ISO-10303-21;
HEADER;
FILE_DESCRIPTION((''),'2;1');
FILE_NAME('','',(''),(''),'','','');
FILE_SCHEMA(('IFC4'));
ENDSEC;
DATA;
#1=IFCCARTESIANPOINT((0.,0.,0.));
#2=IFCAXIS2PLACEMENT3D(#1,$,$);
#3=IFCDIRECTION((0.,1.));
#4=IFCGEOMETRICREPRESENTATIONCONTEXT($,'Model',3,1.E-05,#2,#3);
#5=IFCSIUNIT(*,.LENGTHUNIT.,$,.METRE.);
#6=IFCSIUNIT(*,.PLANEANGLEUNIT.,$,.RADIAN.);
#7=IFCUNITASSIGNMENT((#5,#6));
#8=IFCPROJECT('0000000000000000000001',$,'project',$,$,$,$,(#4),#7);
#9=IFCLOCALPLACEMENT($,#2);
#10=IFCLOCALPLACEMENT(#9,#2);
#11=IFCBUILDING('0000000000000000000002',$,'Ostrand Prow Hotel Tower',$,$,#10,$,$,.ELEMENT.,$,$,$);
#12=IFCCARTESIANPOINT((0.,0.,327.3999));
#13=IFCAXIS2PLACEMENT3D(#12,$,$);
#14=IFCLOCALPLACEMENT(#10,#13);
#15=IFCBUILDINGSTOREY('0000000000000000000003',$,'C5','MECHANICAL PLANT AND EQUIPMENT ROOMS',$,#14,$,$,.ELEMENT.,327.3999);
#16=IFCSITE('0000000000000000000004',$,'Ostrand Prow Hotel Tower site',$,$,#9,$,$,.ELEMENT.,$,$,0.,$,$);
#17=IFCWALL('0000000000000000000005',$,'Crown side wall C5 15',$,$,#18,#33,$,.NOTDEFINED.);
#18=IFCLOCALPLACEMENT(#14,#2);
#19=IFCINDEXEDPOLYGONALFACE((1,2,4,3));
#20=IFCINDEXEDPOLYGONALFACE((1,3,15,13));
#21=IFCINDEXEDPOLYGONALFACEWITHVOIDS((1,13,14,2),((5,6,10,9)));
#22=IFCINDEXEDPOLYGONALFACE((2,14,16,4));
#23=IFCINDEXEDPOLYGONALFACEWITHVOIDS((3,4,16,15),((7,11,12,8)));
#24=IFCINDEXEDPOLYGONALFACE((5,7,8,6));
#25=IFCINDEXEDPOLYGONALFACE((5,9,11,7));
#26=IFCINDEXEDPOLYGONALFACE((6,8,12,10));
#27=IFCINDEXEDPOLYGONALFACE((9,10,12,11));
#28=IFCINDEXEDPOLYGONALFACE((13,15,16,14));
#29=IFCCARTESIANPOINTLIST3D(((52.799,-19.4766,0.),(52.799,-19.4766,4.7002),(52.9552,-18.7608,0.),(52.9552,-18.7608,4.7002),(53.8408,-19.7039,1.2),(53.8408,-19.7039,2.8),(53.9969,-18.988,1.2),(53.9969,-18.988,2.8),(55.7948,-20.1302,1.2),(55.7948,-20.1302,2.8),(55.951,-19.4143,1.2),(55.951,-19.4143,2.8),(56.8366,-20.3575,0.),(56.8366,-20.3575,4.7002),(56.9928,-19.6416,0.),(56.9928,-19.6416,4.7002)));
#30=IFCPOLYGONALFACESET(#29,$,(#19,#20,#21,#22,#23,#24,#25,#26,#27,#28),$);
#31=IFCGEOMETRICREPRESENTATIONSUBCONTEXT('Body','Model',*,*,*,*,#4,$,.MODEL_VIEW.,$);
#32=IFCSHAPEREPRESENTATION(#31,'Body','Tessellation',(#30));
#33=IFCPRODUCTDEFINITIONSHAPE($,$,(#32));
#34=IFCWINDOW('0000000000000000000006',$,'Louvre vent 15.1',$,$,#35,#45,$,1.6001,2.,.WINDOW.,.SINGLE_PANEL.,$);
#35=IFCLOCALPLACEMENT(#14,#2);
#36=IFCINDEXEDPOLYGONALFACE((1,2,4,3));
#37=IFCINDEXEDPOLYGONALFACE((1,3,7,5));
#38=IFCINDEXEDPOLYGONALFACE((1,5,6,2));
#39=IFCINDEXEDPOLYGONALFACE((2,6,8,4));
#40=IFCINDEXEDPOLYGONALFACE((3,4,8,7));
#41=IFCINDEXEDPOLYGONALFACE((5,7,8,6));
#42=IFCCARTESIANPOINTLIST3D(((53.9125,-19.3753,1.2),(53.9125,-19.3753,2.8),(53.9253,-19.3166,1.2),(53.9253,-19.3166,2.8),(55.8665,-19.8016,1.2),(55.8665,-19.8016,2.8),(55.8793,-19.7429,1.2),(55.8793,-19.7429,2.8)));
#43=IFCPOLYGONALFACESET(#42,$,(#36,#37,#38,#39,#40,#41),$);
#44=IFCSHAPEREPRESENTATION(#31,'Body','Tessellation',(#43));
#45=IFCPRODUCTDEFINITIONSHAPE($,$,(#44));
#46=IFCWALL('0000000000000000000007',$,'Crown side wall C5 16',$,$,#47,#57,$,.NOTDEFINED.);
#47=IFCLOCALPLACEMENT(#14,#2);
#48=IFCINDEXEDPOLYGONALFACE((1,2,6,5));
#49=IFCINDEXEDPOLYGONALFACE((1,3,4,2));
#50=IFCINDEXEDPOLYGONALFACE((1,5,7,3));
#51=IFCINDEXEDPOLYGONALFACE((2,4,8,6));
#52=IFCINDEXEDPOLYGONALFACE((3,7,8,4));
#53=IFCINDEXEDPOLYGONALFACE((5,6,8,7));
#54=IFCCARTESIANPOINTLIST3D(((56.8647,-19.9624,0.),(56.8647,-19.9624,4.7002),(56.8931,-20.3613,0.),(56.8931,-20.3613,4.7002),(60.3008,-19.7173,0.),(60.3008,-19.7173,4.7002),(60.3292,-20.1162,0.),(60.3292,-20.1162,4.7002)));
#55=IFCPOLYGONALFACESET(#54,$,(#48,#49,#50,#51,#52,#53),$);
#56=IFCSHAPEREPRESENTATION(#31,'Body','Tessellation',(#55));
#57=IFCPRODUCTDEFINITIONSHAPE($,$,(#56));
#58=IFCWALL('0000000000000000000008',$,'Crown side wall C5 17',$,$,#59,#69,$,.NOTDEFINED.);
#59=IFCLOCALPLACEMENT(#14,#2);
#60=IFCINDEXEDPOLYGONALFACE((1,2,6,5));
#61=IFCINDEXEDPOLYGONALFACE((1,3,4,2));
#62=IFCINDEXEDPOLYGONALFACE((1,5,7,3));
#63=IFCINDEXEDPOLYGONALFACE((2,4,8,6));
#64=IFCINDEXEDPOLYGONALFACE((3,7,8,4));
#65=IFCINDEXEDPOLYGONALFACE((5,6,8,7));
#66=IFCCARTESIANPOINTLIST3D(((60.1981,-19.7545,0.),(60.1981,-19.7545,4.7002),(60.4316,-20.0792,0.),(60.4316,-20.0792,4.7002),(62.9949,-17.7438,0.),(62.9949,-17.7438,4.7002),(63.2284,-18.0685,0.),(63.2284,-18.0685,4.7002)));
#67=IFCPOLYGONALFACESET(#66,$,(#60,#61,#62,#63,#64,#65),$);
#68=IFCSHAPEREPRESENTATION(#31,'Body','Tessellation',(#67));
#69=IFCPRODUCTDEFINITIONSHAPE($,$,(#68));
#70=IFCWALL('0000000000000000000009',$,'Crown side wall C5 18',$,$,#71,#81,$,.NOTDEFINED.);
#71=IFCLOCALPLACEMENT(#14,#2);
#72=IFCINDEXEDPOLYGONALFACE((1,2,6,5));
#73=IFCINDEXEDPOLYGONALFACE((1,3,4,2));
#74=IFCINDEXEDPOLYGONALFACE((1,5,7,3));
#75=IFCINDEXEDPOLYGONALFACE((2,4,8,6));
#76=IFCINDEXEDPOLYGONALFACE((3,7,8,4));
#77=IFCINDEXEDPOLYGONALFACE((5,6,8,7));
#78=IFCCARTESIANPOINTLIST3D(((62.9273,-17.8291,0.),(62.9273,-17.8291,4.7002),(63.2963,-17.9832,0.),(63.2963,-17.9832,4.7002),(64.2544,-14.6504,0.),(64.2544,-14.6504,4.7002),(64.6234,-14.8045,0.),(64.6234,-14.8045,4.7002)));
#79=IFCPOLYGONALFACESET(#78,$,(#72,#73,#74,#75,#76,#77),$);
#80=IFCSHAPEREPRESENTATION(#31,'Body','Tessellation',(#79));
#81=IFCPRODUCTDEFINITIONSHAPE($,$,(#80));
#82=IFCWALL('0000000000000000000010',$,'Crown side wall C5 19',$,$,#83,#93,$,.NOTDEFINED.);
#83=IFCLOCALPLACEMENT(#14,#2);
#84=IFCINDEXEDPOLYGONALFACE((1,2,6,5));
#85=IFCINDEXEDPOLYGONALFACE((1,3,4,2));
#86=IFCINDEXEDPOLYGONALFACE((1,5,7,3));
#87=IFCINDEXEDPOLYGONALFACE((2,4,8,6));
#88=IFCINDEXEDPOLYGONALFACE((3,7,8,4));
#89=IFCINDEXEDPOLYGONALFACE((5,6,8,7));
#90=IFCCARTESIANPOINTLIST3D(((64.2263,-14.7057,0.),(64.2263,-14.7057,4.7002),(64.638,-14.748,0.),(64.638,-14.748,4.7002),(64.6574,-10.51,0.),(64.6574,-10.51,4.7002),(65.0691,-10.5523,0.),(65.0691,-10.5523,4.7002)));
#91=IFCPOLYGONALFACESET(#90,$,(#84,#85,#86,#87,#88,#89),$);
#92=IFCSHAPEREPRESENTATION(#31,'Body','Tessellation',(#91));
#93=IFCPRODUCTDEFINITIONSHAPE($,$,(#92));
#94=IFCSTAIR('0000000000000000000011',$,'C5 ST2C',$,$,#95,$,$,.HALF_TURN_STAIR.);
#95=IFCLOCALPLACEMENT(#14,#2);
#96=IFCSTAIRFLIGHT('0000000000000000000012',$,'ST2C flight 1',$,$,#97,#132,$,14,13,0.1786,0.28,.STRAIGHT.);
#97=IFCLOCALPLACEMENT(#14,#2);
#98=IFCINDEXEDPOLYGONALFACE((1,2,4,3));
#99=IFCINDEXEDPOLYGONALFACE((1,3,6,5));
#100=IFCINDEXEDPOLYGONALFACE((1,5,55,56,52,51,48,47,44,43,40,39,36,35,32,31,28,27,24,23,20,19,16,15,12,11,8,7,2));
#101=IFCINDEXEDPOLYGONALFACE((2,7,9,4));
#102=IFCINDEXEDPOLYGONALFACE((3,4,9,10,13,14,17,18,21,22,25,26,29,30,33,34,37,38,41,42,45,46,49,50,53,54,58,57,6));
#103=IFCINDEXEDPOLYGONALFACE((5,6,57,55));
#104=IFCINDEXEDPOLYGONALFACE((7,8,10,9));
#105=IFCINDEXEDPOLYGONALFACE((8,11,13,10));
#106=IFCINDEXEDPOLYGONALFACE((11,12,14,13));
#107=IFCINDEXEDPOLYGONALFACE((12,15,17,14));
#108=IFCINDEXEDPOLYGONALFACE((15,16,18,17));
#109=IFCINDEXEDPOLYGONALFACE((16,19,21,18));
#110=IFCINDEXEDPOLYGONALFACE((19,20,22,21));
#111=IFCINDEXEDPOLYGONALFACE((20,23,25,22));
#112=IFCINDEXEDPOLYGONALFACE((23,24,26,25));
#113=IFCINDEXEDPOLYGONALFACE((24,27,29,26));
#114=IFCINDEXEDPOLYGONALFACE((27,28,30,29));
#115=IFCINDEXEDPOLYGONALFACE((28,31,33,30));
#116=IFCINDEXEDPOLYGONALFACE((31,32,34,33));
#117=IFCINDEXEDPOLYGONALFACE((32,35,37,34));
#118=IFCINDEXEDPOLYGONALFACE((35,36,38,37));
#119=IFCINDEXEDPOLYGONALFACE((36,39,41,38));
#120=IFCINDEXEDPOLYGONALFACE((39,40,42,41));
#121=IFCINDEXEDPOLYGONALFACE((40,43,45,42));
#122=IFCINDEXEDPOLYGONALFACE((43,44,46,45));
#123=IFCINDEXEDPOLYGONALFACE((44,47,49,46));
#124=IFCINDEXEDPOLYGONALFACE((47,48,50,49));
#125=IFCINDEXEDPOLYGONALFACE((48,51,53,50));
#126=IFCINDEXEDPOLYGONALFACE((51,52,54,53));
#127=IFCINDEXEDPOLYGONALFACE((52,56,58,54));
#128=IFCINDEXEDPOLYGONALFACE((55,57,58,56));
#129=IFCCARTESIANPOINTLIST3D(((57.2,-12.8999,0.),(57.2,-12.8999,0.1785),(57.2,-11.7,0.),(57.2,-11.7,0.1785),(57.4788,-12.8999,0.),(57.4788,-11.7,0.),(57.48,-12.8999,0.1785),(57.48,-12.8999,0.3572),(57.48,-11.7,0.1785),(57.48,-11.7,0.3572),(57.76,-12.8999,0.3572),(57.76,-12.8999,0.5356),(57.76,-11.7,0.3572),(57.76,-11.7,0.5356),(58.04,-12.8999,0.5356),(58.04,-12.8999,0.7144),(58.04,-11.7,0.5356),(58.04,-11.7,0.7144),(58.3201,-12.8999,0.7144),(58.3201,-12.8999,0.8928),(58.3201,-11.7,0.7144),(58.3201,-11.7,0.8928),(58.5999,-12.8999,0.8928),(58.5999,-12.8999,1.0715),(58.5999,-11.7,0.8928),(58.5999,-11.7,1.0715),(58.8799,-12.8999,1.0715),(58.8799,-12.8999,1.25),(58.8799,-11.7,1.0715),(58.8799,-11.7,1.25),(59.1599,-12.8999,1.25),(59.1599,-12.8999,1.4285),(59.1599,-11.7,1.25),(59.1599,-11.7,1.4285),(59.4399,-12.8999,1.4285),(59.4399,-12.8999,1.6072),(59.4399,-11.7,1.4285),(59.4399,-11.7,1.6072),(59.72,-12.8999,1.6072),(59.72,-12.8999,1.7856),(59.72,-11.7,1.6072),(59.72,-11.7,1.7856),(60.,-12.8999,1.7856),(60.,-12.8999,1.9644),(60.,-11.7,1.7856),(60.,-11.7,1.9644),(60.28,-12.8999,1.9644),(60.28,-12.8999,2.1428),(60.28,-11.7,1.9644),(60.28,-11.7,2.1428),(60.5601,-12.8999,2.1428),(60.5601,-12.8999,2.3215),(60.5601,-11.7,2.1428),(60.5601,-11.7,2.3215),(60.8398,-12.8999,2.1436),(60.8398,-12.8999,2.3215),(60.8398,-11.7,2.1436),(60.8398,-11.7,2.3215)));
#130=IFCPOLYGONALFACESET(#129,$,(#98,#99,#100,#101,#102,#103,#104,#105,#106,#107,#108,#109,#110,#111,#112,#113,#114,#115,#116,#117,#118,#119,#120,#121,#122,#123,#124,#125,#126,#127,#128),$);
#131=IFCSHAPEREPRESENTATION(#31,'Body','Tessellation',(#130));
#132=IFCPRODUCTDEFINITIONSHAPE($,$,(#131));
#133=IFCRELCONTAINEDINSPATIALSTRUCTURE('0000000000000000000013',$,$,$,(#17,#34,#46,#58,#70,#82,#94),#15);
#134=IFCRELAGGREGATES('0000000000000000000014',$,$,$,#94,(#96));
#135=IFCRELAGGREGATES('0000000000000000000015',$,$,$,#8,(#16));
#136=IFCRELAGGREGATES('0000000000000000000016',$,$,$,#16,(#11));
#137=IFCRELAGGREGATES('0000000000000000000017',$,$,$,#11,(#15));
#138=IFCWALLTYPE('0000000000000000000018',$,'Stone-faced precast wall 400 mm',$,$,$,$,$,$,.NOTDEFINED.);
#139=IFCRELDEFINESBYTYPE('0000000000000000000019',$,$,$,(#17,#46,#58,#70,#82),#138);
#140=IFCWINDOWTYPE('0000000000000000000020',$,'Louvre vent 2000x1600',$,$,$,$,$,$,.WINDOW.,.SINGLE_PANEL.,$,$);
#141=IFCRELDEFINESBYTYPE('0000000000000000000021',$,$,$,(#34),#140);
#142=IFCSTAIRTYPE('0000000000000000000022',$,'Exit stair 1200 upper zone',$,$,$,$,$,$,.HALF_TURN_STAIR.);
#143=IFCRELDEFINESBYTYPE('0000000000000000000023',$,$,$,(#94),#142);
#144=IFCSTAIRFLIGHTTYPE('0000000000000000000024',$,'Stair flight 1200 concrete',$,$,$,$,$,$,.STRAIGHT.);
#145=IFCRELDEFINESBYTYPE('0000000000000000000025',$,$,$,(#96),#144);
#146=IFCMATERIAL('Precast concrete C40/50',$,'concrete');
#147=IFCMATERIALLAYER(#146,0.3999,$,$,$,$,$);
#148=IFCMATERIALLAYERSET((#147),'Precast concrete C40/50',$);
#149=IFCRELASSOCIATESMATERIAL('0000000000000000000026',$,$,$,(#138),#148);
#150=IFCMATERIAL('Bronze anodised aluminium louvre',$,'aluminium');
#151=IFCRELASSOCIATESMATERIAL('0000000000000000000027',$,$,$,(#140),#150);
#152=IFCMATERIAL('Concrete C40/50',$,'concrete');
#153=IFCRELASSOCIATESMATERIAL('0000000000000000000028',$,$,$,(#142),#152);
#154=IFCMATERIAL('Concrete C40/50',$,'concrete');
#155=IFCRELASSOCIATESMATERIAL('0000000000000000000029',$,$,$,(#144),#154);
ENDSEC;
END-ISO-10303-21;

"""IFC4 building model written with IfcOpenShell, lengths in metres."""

from ifc_helpers import new_model, si_unit, direction, frame, frame_2d, origin, place, context, subcontext, project, spatial, polyline, rectangle, outline, extrude, material, layer, layer_set, type_object, element, fill, aggregate, save


model = new_model("IFC4")

# Units and contexts
model_context = context("Model", 3, precision=1e-05, world=origin(), true_north=direction((0.0, 1.0)))
body_context = subcontext(model_context, "Body", "Model", "MODEL_VIEW")
ifc_project = project(units=[si_unit("LENGTHUNIT", "METRE"), si_unit("PLANEANGLEUNIT", "RADIAN")], contexts=[model_context])

# Site, building, storey
site_placement = place(None, origin())
site = spatial("IfcSite", under=ifc_project, at=site_placement, Name="Ostrand Prow Hotel Tower site", CompositionType="ELEMENT", RefElevation=0.0)
building_placement = place(site_placement, origin())
building = spatial("IfcBuilding", under=site, at=building_placement, Name="Ostrand Prow Hotel Tower", CompositionType="ELEMENT")
storey_placement = place(building_placement, frame((0.0, 0.0, 327.3999)))
storey = spatial("IfcBuildingStorey", under=building, at=storey_placement, Name="C5", Description="MECHANICAL PLANT AND EQUIPMENT ROOMS", CompositionType="ELEMENT", Elevation=327.3999)

# Wall, opening, window
ifc_material_1 = material(Name="Precast concrete C40/50", Category="concrete")
ifc_layer_1 = layer(ifc_material_1, 0.3999)
ifc_layer_set_1 = layer_set([ifc_layer_1], Name="Precast concrete C40/50")
wall_type_1 = type_object("IfcWallType", Name="Stone-faced precast wall 400 mm", PredefinedType="NOTDEFINED", material=ifc_layer_set_1)
wall_1_placement = place(storey_placement, frame((52.877, -19.1187, 0.0), z_axis=(0.0, 0.0, 1.0), x_axis=(0.977019, -0.213151, 0.0)))
wall_1 = element("IfcWall", 1, at=wall_1_placement, inside=storey, type_object=wall_type_1, Name="Crown side wall C5 15", PredefinedType="NOTDEFINED", context=body_context, shape_type="SweptSolid", body=[
    extrude(rectangle(XDim=4.1326, YDim=0.7327, at=frame_2d((2.0664, 0.0))), origin(), (0.0, 0.0, 1.0), 4.7002),
])
opening_1_placement = place(wall_1_placement, frame((1.0664, 0.0, 1.2)))
opening_1 = element("IfcOpeningElement", 2, at=opening_1_placement, cuts=wall_1, PredefinedType="OPENING", context=body_context, shape_type="SweptSolid", body=[
    extrude(rectangle(XDim=2.0, YDim=1.6001, at=frame_2d((1.0, 0.8))), frame((0.0, 0.3762, 0.0), z_axis=(0.0, -1.0, 0.0), x_axis=(1.0, 0.0, 0.0)), (0.0, 0.0, 1.0), 0.7527),
])
ifc_material_2 = material(Name="Bronze anodised aluminium louvre", Category="aluminium")
window_type = type_object("IfcWindowType", Name="Louvre vent 2000x1600", PartitioningType="SINGLE_PANEL", PredefinedType="WINDOW", material=ifc_material_2)
window_placement = place(opening_1_placement, origin())
window = element("IfcWindow", 3, at=window_placement, inside=storey, type_object=window_type, Name="Louvre vent 15.1", OverallHeight=1.6001, OverallWidth=2.0, PartitioningType="SINGLE_PANEL", PredefinedType="WINDOW", context=body_context, shape_type="SweptSolid", body=[
    extrude(rectangle(XDim=2.0, YDim=1.6001, at=frame_2d((1.0, 0.8))), frame((0.0, 0.03, 0.0), z_axis=(0.0, -1.0, 0.0), x_axis=(1.0, 0.0, 0.0)), (0.0, 0.0, 1.0), 0.0601),
])
fill(opening_1, window)

# Walls
wall_2_placement = place(storey_placement, frame((56.8789, -20.1619, 0.0), z_axis=(0.0, 0.0, 1.0), x_axis=(0.997465, 0.071156, 0.0)))
element("IfcWall", 4, at=wall_2_placement, inside=storey, type_object=wall_type_1, Name="Crown side wall C5 16", PredefinedType="NOTDEFINED", context=body_context, shape_type="SweptSolid", body=[
    extrude(rectangle(XDim=3.4448, YDim=0.3999, at=frame_2d((1.7224, 0.0))), origin(), (0.0, 0.0, 1.0), 4.7002),
])
for number, where, z_axis, x_axis, name in (
    (5, (60.3149, -19.9167, 0.0), (0.0, 0.0, 1.0), (0.811948, 0.58373, 0.0), "Crown side wall C5 17"),
    (6, (63.1118, -17.906, 0.0), (0.0, 0.0, 1.0), (0.38528, 0.9228, 0.0), "Crown side wall C5 18"),
):
    element("IfcWall", number, at=place(storey_placement, frame(where, z_axis=z_axis, x_axis=x_axis)), inside=storey, type_object=wall_type_1, Name=name, PredefinedType="NOTDEFINED", context=body_context, shape_type="SweptSolid", body=[
        extrude(rectangle(XDim=3.4446, YDim=0.3999, at=frame_2d((1.7222, 0.0))), origin(), (0.0, 0.0, 1.0), 4.7002),
    ])
wall_3_placement = place(storey_placement, frame((64.4321, -14.7268, 0.0), z_axis=(0.0, 0.0, 1.0), x_axis=(0.10222, 0.994762, 0.0)))
element("IfcWall", 7, at=wall_3_placement, inside=storey, type_object=wall_type_1, Name="Crown side wall C5 19", PredefinedType="NOTDEFINED", context=body_context, shape_type="SweptSolid", body=[
    extrude(rectangle(XDim=4.2178, YDim=0.4138, at=frame_2d((2.1089, 0.0))), origin(), (0.0, 0.0, 1.0), 4.7002),
])

# Stair, stair flight
ifc_material_3 = material(Name="Concrete C40/50", Category="concrete")
stair_type = type_object("IfcStairType", Name="Exit stair 1200 upper zone", PredefinedType="HALF_TURN_STAIR", material=ifc_material_3)
stair_placement = place(storey_placement, origin())
stair = element("IfcStair", 8, at=stair_placement, inside=storey, type_object=stair_type, Name="C5 ST2C", PredefinedType="HALF_TURN_STAIR")
ifc_material_4 = material(Name="Concrete C40/50", Category="concrete")
stair_flight_type = type_object("IfcStairFlightType", Name="Stair flight 1200 concrete", PredefinedType="STRAIGHT", material=ifc_material_4)
stair_flight_placement = place(storey_placement, frame((57.2, -12.3, 0.0), z_axis=(0.0, 0.0, 1.0), x_axis=(1.0, 0.0, 0.0)))
stair_flight = element("IfcStairFlight", 9, at=stair_flight_placement, type_object=stair_flight_type, Name="ST2C flight 1", NumberOfRisers=14, NumberOfTreads=13, PredefinedType="STRAIGHT", RiserHeight=0.1786, TreadLength=0.28, context=body_context, shape_type="SweptSolid", body=[
    extrude(outline(polyline([(0.0, 0.0), (0.0, 0.1785), (0.28, 0.1785), (0.28, 0.3572), (0.5601, 0.3572), (0.5601, 0.5356), (0.8401, 0.5356), (0.8401, 0.7144), (1.1201, 0.7144), (1.1201, 0.8928), (1.3999, 0.8928), (1.3999, 1.0715), (1.6799, 1.0715), (1.6799, 1.25), (1.96, 1.25), (1.96, 1.4285), (2.24, 1.4285), (2.24, 1.6072), (2.52, 1.6072), (2.52, 1.7856), (2.8, 1.7856), (2.8, 1.9644), (3.0801, 1.9644), (3.0801, 2.1428), (3.3601, 2.1428), (3.3601, 2.3215), (3.6399, 2.3215), (3.6399, 2.5), (3.6399, 2.1436), (0.2788, 0.0), (0.0, 0.0)])), frame((0.0, 0.6001, 0.0), z_axis=(0.0, -1.0, 0.0), x_axis=(1.0, 0.0, 0.0)), (0.0, 0.0, 1.0), 1.2),
])
aggregate(stair, [stair_flight])

save(model, "model.ifc")
